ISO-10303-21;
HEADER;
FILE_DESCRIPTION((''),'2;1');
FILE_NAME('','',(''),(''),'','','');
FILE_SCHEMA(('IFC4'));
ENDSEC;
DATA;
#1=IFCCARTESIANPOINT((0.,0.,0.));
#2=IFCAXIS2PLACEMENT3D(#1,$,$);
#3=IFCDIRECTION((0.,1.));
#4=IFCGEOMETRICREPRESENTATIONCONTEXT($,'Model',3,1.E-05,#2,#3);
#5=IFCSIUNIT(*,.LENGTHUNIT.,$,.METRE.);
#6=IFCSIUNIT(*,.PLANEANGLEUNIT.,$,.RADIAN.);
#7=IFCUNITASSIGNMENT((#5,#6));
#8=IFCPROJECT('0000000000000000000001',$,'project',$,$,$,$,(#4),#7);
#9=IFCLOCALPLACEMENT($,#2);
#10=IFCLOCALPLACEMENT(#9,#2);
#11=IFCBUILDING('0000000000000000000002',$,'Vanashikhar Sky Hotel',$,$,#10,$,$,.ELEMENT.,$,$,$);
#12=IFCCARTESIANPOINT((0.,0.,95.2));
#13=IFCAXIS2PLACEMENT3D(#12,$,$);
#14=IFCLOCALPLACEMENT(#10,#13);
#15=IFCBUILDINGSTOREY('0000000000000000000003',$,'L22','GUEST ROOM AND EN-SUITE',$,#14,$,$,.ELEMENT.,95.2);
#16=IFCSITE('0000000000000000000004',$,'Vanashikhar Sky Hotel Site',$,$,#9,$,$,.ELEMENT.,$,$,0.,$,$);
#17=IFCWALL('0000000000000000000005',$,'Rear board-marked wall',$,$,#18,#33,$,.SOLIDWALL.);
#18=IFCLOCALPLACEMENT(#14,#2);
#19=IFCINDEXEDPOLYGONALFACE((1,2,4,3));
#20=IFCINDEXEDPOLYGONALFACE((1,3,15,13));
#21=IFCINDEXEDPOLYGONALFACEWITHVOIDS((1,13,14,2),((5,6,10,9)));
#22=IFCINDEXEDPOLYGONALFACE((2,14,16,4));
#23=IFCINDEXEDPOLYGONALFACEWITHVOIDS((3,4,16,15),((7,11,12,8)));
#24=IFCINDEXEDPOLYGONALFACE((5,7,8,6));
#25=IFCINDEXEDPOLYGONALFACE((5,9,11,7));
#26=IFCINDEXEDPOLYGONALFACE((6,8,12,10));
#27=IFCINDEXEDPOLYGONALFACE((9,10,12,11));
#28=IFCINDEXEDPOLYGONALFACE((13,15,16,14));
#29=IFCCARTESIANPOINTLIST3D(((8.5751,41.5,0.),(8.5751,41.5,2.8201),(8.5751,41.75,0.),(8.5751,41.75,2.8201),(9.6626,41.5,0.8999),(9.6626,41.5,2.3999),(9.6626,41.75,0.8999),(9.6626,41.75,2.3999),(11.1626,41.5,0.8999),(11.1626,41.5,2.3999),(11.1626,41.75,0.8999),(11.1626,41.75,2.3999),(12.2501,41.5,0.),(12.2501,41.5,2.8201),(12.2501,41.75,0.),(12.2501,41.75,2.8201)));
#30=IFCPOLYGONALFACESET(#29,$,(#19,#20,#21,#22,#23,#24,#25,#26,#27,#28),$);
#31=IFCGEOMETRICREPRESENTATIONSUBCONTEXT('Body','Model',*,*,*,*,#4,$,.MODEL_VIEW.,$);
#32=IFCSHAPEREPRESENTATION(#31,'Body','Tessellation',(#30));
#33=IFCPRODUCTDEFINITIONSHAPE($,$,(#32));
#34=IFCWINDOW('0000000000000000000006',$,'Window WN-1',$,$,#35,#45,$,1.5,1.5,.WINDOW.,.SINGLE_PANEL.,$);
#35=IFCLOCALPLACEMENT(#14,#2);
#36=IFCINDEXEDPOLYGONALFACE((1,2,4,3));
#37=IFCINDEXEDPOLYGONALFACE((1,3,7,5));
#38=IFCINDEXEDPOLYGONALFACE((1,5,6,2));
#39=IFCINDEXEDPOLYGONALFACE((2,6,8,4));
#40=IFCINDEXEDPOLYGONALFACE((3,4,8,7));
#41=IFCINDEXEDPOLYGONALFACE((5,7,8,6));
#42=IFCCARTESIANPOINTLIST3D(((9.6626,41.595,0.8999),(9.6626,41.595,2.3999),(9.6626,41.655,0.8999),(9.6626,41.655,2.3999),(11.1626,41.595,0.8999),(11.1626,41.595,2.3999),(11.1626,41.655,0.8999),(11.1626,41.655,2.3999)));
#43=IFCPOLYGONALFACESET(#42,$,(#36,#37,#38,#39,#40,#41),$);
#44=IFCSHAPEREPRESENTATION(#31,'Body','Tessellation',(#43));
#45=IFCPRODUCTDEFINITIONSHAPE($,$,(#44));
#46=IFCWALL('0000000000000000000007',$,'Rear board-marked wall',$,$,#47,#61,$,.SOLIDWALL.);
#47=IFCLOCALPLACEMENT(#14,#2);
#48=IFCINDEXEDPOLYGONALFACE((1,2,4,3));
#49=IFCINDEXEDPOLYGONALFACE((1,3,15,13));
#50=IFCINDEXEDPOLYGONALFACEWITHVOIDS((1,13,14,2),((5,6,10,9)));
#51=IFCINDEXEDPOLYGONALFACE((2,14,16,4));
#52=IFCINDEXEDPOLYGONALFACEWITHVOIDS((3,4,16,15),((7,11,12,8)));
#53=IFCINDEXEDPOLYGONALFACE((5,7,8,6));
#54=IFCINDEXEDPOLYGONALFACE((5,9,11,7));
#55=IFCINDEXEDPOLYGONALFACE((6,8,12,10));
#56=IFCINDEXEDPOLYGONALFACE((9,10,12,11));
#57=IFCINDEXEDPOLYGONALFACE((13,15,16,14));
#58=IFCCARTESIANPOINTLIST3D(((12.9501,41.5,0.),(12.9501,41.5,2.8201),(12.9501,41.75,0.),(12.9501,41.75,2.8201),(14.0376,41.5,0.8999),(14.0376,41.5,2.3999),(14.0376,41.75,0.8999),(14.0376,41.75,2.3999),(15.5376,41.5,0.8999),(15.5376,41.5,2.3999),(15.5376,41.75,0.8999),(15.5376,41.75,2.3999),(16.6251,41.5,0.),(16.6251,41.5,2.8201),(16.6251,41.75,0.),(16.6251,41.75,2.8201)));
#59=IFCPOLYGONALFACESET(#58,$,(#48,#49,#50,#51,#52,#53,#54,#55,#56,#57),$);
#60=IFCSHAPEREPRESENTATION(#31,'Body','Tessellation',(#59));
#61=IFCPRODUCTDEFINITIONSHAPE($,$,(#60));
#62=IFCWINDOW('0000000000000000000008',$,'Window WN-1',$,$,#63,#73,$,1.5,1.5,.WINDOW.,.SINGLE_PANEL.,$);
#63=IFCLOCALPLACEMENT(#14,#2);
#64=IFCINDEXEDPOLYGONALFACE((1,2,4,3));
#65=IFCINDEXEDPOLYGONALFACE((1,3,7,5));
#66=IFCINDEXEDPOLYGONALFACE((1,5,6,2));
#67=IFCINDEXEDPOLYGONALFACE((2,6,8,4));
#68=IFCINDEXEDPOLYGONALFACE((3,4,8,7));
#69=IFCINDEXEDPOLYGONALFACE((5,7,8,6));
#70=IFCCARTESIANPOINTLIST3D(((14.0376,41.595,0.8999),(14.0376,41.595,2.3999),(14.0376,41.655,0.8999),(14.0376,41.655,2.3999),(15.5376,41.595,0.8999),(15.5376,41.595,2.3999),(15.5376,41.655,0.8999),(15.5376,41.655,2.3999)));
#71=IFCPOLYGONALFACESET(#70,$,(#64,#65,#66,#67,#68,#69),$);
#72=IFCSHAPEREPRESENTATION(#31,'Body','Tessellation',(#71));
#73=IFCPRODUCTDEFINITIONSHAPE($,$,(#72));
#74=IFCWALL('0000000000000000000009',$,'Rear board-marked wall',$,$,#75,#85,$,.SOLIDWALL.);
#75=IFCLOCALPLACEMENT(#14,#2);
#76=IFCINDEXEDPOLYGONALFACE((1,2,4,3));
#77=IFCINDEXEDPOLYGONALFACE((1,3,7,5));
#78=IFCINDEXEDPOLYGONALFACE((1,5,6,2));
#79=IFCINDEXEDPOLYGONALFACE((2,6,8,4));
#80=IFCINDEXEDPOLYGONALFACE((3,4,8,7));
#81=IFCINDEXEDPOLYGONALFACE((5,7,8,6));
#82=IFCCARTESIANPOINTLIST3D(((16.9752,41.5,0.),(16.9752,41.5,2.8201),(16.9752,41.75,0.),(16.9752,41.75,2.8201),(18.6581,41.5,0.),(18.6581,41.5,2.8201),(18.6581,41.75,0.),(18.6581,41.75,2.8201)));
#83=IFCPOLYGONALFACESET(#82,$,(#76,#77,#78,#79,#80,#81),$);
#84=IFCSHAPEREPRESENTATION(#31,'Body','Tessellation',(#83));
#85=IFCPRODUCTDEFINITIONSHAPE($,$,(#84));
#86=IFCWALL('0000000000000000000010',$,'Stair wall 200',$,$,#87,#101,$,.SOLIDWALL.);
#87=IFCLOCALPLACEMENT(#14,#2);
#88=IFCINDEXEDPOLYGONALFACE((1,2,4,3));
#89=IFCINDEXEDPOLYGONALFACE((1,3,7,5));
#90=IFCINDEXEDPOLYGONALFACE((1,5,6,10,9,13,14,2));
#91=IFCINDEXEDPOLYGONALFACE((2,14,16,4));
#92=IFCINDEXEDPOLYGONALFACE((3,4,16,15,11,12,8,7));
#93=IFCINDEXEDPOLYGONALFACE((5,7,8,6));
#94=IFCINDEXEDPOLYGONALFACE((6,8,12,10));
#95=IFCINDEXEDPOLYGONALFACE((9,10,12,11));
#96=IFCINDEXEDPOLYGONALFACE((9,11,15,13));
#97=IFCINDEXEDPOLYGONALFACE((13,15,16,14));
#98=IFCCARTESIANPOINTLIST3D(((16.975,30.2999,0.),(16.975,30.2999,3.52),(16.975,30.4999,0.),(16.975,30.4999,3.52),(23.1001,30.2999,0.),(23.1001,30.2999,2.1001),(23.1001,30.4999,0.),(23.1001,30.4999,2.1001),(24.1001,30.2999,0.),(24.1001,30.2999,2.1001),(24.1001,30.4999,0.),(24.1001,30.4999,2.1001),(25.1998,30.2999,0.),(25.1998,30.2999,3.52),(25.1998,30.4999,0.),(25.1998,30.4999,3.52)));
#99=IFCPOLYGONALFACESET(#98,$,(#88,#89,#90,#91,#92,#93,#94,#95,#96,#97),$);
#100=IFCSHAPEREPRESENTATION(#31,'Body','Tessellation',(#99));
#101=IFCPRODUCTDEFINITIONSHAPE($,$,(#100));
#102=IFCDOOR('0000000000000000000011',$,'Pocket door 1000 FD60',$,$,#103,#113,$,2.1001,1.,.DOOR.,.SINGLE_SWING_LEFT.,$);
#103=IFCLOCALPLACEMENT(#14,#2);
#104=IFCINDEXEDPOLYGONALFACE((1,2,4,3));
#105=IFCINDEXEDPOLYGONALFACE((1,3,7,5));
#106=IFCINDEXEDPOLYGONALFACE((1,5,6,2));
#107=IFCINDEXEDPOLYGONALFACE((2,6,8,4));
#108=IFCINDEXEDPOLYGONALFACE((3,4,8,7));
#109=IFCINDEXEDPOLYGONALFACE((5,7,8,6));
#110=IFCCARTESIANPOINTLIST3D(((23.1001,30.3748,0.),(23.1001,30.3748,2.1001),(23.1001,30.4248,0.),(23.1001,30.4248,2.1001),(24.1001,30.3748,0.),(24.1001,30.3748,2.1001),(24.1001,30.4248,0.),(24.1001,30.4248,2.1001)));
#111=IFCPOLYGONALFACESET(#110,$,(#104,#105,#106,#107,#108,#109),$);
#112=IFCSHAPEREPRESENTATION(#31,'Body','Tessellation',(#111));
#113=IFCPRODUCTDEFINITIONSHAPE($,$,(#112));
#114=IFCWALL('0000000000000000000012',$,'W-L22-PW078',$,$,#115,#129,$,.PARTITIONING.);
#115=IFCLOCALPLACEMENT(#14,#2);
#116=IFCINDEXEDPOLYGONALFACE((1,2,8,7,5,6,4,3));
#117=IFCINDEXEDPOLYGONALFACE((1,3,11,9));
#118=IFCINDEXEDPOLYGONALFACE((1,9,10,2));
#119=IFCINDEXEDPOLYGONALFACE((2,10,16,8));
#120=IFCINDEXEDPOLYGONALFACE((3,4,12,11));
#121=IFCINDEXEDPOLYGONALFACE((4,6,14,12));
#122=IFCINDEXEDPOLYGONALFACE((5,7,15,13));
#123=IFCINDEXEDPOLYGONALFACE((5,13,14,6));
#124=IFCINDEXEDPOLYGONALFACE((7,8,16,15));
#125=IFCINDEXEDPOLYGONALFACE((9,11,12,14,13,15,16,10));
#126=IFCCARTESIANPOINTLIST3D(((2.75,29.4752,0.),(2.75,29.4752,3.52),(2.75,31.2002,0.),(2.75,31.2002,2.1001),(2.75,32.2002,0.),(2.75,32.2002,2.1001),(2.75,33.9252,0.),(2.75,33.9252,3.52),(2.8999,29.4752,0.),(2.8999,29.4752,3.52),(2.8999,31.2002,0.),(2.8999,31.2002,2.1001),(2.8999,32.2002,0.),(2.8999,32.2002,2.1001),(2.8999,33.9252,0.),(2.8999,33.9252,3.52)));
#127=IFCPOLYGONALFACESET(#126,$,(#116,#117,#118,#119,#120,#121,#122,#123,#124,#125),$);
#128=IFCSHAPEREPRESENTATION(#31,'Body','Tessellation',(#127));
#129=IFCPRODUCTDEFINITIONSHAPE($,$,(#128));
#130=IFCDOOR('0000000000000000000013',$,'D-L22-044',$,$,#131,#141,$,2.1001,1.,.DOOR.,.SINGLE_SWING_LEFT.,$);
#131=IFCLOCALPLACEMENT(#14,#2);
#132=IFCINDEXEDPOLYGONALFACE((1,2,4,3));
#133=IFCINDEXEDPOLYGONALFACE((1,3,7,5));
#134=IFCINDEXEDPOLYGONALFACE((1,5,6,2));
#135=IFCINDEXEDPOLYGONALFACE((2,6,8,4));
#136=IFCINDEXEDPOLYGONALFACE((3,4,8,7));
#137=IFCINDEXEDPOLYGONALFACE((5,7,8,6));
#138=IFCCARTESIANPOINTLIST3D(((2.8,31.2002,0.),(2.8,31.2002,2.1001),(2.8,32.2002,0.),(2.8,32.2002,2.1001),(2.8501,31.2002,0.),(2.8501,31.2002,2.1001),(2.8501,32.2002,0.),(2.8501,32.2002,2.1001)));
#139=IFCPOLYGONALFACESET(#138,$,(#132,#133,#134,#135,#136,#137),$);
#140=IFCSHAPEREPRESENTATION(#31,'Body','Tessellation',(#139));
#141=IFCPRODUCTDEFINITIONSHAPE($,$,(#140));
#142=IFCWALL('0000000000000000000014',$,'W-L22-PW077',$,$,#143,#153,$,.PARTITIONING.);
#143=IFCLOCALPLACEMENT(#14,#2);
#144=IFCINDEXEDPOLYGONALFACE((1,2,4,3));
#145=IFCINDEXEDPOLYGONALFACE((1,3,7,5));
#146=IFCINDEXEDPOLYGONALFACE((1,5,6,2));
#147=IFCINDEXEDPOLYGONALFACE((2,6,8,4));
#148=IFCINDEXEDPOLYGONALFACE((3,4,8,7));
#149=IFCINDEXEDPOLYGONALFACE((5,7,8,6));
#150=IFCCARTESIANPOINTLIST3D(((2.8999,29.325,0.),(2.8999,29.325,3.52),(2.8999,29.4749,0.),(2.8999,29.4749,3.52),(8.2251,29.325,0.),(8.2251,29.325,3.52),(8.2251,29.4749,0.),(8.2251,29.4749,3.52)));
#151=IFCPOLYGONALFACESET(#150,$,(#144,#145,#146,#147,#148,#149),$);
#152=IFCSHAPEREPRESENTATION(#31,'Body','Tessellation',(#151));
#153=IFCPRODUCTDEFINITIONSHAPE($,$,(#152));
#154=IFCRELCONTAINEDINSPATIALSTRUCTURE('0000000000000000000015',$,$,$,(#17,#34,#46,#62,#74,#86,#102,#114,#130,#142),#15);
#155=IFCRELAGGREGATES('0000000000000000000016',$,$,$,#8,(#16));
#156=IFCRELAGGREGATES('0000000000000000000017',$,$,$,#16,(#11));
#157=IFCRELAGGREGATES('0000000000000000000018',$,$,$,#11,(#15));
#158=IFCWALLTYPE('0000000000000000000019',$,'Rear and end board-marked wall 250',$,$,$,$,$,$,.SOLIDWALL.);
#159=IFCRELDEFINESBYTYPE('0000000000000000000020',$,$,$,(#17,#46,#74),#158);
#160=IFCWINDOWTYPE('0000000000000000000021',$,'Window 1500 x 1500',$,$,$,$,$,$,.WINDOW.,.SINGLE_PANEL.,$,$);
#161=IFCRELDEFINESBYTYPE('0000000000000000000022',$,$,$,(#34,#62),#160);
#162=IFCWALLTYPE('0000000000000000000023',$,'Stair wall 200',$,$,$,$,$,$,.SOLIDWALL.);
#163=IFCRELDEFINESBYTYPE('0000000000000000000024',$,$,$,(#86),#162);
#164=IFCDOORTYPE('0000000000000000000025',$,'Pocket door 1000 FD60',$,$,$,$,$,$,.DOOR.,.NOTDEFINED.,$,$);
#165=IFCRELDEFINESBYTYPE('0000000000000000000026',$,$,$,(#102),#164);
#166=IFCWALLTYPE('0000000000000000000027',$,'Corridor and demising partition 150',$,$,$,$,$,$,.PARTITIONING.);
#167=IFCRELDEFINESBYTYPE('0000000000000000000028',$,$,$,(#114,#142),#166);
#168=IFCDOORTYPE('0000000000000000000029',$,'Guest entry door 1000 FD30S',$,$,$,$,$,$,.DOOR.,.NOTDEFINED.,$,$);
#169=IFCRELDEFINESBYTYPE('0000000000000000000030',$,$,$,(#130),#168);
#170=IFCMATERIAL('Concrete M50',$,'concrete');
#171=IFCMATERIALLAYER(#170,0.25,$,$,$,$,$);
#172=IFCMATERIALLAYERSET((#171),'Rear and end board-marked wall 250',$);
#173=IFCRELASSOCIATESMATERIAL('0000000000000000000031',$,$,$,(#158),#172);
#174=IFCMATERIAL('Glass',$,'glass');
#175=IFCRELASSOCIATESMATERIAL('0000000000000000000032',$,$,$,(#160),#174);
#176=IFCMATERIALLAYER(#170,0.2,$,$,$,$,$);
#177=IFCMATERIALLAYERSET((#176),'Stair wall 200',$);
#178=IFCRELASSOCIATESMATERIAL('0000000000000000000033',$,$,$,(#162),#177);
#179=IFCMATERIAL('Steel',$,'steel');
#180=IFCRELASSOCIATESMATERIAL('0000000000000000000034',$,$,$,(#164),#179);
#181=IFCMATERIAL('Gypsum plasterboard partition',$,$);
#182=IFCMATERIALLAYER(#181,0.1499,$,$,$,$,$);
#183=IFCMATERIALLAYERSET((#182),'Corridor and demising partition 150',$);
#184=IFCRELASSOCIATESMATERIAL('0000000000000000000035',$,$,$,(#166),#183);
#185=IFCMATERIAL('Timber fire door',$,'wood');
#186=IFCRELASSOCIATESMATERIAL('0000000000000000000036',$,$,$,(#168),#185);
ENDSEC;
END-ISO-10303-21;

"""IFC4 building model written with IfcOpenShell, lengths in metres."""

from ifc_helpers import new_model, si_unit, direction, frame, frame_2d, origin, place, context, subcontext, project, spatial, rectangle, extrude, source, transform, mapped, material, layer, layer_set, type_object, element, fill, save


model = new_model("IFC4")

# Units and contexts
model_context = context("Model", 3, precision=1e-05, world=origin(), true_north=direction((0.0, 1.0)))
body_context = subcontext(model_context, "Body", "Model", "MODEL_VIEW")
ifc_project = project(units=[si_unit("LENGTHUNIT", "METRE"), si_unit("PLANEANGLEUNIT", "RADIAN")], contexts=[model_context])

# Site, building, storey
site_placement = place(None, origin())
site = spatial("IfcSite", under=ifc_project, at=site_placement, Name="Vanashikhar Sky Hotel Site", CompositionType="ELEMENT", RefElevation=0.0)
building_placement = place(site_placement, origin())
building = spatial("IfcBuilding", under=site, at=building_placement, Name="Vanashikhar Sky Hotel", CompositionType="ELEMENT")
storey_placement = place(building_placement, frame((0.0, 0.0, 95.2)))
storey = spatial("IfcBuildingStorey", under=building, at=storey_placement, Name="L22", Description="GUEST ROOM AND EN-SUITE", CompositionType="ELEMENT", Elevation=95.2)

# Shared definitions
ifc_material_1 = material(Name="Concrete M50", Category="concrete")

# Shared definitions
ifc_material_2 = material(Name="Glass", Category="glass")

# Walls, openings, windows
ifc_layer_1 = layer(ifc_material_1, 0.25)
ifc_layer_set_1 = layer_set([ifc_layer_1], Name="Rear and end board-marked wall 250")
wall_type_1 = type_object("IfcWallType", Name="Rear and end board-marked wall 250", PredefinedType="SOLIDWALL", material=ifc_layer_set_1)
shared_shape_1 = source(origin(), body_context, "Body", "SweptSolid", [
    extrude(rectangle(XDim=1.5, YDim=1.5, at=frame_2d((0.75, 0.75))), frame((0.0, 0.135, 0.0), z_axis=(0.0, -1.0, 0.0), x_axis=(1.0, 0.0, 0.0)), (0.0, 0.0, 1.0), 0.27),
])
window_type_1 = type_object("IfcWindowType", Name="Window 1500 x 1500", PartitioningType="SINGLE_PANEL", PredefinedType="WINDOW", material=ifc_material_2)
shared_shape_2 = source(origin(), body_context, "Body", "SweptSolid", [
    extrude(rectangle(XDim=1.5, YDim=1.5, at=frame_2d((0.75, 0.75))), frame((0.0, 0.03, 0.0), z_axis=(0.0, -1.0, 0.0), x_axis=(1.0, 0.0, 0.0)), (0.0, 0.0, 1.0), 0.0601),
])
shared_shape_3 = source(origin(), body_context, "Body", "SweptSolid", [
    extrude(rectangle(XDim=3.675, YDim=0.25, at=frame_2d((1.8374, 0.0))), origin(), (0.0, 0.0, 1.0), 2.8201),
])
wall_1_placement = place(storey_placement, frame((12.25, 41.625, 0.0), z_axis=(0.0, 0.0, 1.0), x_axis=(-1.0, 0.0, 0.0)))
wall_1 = element("IfcWall", 1, at=wall_1_placement, inside=storey, type_object=wall_type_1, Name="Rear board-marked wall", PredefinedType="SOLIDWALL", context=body_context, shape_type="MappedRepresentation", body=[
    mapped(shared_shape_3, transform((0.0, 0.0, 0.0), scale=1.0)),
])
opening_1_placement = place(wall_1_placement, frame((1.0874, 0.0, 0.8999)))
opening_1 = element("IfcOpeningElement", 2, at=opening_1_placement, cuts=wall_1, PredefinedType="OPENING", context=body_context, shape_type="MappedRepresentation", body=[
    mapped(shared_shape_1, transform((0.0, 0.0, 0.0), scale=1.0)),
])
window_1_placement = place(opening_1_placement, origin())
window_1 = element("IfcWindow", 3, at=window_1_placement, inside=storey, type_object=window_type_1, Name="Window WN-1", OverallHeight=1.5, OverallWidth=1.5, PartitioningType="SINGLE_PANEL", PredefinedType="WINDOW", context=body_context, shape_type="MappedRepresentation", body=[
    mapped(shared_shape_2, transform((0.0, 0.0, 0.0), scale=1.0)),
])
fill(opening_1, window_1)
wall_2_placement = place(storey_placement, frame((16.625, 41.625, 0.0), z_axis=(0.0, 0.0, 1.0), x_axis=(-1.0, 0.0, 0.0)))
wall_2 = element("IfcWall", 4, at=wall_2_placement, inside=storey, type_object=wall_type_1, Name="Rear board-marked wall", PredefinedType="SOLIDWALL", context=body_context, shape_type="MappedRepresentation", body=[
    mapped(shared_shape_3, transform((0.0, 0.0, 0.0), scale=1.0)),
])
opening_2_placement = place(wall_2_placement, frame((1.0874, 0.0, 0.8999)))
opening_2 = element("IfcOpeningElement", 5, at=opening_2_placement, cuts=wall_2, PredefinedType="OPENING", context=body_context, shape_type="MappedRepresentation", body=[
    mapped(shared_shape_1, transform((0.0, 0.0, 0.0), scale=1.0)),
])
window_2_placement = place(opening_2_placement, origin())
window_2 = element("IfcWindow", 6, at=window_2_placement, inside=storey, type_object=window_type_1, Name="Window WN-1", OverallHeight=1.5, OverallWidth=1.5, PartitioningType="SINGLE_PANEL", PredefinedType="WINDOW", context=body_context, shape_type="MappedRepresentation", body=[
    mapped(shared_shape_2, transform((0.0, 0.0, 0.0), scale=1.0)),
])
fill(opening_2, window_2)

# Wall
shared_shape_4 = source(origin(), body_context, "Body", "SweptSolid", [
    extrude(rectangle(XDim=1.6829, YDim=0.25, at=frame_2d((0.8413, 0.0))), origin(), (0.0, 0.0, 1.0), 2.8201),
])
wall_3_placement = place(storey_placement, frame((18.658, 41.625, 0.0), z_axis=(0.0, 0.0, 1.0), x_axis=(-1.0, 0.0, 0.0)))
element("IfcWall", 7, at=wall_3_placement, inside=storey, type_object=wall_type_1, Name="Rear board-marked wall", PredefinedType="SOLIDWALL", context=body_context, shape_type="MappedRepresentation", body=[
    mapped(shared_shape_4, transform((0.0, 0.0, 0.0), scale=1.0)),
])

# Walls, openings, doors
ifc_layer_2 = layer(ifc_material_1, 0.2)
ifc_layer_set_2 = layer_set([ifc_layer_2], Name="Stair wall 200")
wall_type_2 = type_object("IfcWallType", Name="Stair wall 200", PredefinedType="SOLIDWALL", material=ifc_layer_set_2)
shared_shape_5 = source(origin(), body_context, "Body", "SweptSolid", [
    extrude(rectangle(XDim=8.2249, YDim=0.2, at=frame_2d((4.1123, 0.0))), origin(), (0.0, 0.0, 1.0), 3.52),
])
wall_4_placement = place(storey_placement, frame((16.9751, 30.3999, 0.0), z_axis=(0.0, 0.0, 1.0), x_axis=(1.0, 0.0, 0.0)))
wall_4 = element("IfcWall", 8, at=wall_4_placement, inside=storey, type_object=wall_type_2, Name="Stair wall 200", PredefinedType="SOLIDWALL", context=body_context, shape_type="MappedRepresentation", body=[
    mapped(shared_shape_5, transform((0.0, 0.0, 0.0), scale=1.0)),
])
shared_shape_6 = source(origin(), body_context, "Body", "SweptSolid", [
    extrude(rectangle(XDim=1.0, YDim=2.1001, at=frame_2d((0.5, 1.05))), frame((0.0, 0.1099, 0.0), z_axis=(0.0, -1.0, 0.0), x_axis=(1.0, 0.0, 0.0)), (0.0, 0.0, 1.0), 0.22),
])
opening_3_placement = place(wall_4_placement, frame((6.125, 0.0, 0.0)))
opening_3 = element("IfcOpeningElement", 9, at=opening_3_placement, cuts=wall_4, PredefinedType="OPENING", context=body_context, shape_type="MappedRepresentation", body=[
    mapped(shared_shape_6, transform((0.0, 0.0, 0.0), scale=1.0)),
])
ifc_material_3 = material(Name="Steel", Category="steel")
door_type_1 = type_object("IfcDoorType", Name="Pocket door 1000 FD60", OperationType="NOTDEFINED", PredefinedType="DOOR", material=ifc_material_3)
shared_shape_7 = source(origin(), body_context, "Body", "SweptSolid", [
    extrude(rectangle(XDim=1.0, YDim=2.1001, at=frame_2d((0.5, 1.05))), frame((0.0, 0.0249, 0.0), z_axis=(0.0, -1.0, 0.0), x_axis=(1.0, 0.0, 0.0)), (0.0, 0.0, 1.0), 0.05),
])
door_1_placement = place(opening_3_placement, origin())
door_1 = element("IfcDoor", 10, at=door_1_placement, inside=storey, type_object=door_type_1, Name="Pocket door 1000 FD60", OperationType="SINGLE_SWING_LEFT", OverallHeight=2.1001, OverallWidth=1.0, PredefinedType="DOOR", context=body_context, shape_type="MappedRepresentation", body=[
    mapped(shared_shape_7, transform((0.0, 0.0, 0.0), scale=1.0)),
])
fill(opening_3, door_1)
ifc_material_4 = material(Name="Gypsum plasterboard partition")
ifc_layer_3 = layer(ifc_material_4, 0.1499)
ifc_layer_set_3 = layer_set([ifc_layer_3], Name="Corridor and demising partition 150")
wall_type_3 = type_object("IfcWallType", Name="Corridor and demising partition 150", PredefinedType="PARTITIONING", material=ifc_layer_set_3)
shared_shape_8 = source(origin(), body_context, "Body", "SweptSolid", [
    extrude(rectangle(XDim=4.45, YDim=0.1499, at=frame_2d((2.2251, 0.0))), origin(), (0.0, 0.0, 1.0), 3.52),
])
wall_5_placement = place(storey_placement, frame((2.825, 29.4751, 0.0), z_axis=(0.0, 0.0, 1.0), x_axis=(0.0, 1.0, 0.0)))
wall_5 = element("IfcWall", 11, at=wall_5_placement, inside=storey, type_object=wall_type_3, Name="W-L22-PW078", PredefinedType="PARTITIONING", context=body_context, shape_type="MappedRepresentation", body=[
    mapped(shared_shape_8, transform((0.0, 0.0, 0.0), scale=1.0)),
])
shared_shape_9 = source(origin(), body_context, "Body", "SweptSolid", [
    extrude(rectangle(XDim=1.0, YDim=2.1001, at=frame_2d((0.5, 1.05))), frame((0.0, 0.085, 0.0), z_axis=(0.0, -1.0, 0.0), x_axis=(1.0, 0.0, 0.0)), (0.0, 0.0, 1.0), 0.1699),
])
opening_4_placement = place(wall_5_placement, frame((1.7251, 0.0, 0.0)))
opening_4 = element("IfcOpeningElement", 12, at=opening_4_placement, cuts=wall_5, PredefinedType="OPENING", context=body_context, shape_type="MappedRepresentation", body=[
    mapped(shared_shape_9, transform((0.0, 0.0, 0.0), scale=1.0)),
])
ifc_material_5 = material(Name="Timber fire door", Category="wood")
door_type_2 = type_object("IfcDoorType", Name="Guest entry door 1000 FD30S", OperationType="NOTDEFINED", PredefinedType="DOOR", material=ifc_material_5)
door_2_placement = place(opening_4_placement, origin())
door_2 = element("IfcDoor", 13, at=door_2_placement, inside=storey, type_object=door_type_2, Name="D-L22-044", OperationType="SINGLE_SWING_LEFT", OverallHeight=2.1001, OverallWidth=1.0, PredefinedType="DOOR", context=body_context, shape_type="MappedRepresentation", body=[
    mapped(shared_shape_7, transform((0.0, 0.0, 0.0), scale=1.0)),
])
fill(opening_4, door_2)

# Wall
shared_shape_10 = source(origin(), body_context, "Body", "SweptSolid", [
    extrude(rectangle(XDim=5.3252, YDim=0.1499, at=frame_2d((2.6626, 0.0))), origin(), (0.0, 0.0, 1.0), 3.52),
])
wall_6_placement = place(storey_placement, frame((2.8999, 29.3999, 0.0), z_axis=(0.0, 0.0, 1.0), x_axis=(1.0, 0.0, 0.0)))
element("IfcWall", 14, at=wall_6_placement, inside=storey, type_object=wall_type_3, Name="W-L22-PW077", PredefinedType="PARTITIONING", context=body_context, shape_type="MappedRepresentation", body=[
    mapped(shared_shape_10, transform((0.0, 0.0, 0.0), scale=1.0)),
])

save(model, "model.ifc")
